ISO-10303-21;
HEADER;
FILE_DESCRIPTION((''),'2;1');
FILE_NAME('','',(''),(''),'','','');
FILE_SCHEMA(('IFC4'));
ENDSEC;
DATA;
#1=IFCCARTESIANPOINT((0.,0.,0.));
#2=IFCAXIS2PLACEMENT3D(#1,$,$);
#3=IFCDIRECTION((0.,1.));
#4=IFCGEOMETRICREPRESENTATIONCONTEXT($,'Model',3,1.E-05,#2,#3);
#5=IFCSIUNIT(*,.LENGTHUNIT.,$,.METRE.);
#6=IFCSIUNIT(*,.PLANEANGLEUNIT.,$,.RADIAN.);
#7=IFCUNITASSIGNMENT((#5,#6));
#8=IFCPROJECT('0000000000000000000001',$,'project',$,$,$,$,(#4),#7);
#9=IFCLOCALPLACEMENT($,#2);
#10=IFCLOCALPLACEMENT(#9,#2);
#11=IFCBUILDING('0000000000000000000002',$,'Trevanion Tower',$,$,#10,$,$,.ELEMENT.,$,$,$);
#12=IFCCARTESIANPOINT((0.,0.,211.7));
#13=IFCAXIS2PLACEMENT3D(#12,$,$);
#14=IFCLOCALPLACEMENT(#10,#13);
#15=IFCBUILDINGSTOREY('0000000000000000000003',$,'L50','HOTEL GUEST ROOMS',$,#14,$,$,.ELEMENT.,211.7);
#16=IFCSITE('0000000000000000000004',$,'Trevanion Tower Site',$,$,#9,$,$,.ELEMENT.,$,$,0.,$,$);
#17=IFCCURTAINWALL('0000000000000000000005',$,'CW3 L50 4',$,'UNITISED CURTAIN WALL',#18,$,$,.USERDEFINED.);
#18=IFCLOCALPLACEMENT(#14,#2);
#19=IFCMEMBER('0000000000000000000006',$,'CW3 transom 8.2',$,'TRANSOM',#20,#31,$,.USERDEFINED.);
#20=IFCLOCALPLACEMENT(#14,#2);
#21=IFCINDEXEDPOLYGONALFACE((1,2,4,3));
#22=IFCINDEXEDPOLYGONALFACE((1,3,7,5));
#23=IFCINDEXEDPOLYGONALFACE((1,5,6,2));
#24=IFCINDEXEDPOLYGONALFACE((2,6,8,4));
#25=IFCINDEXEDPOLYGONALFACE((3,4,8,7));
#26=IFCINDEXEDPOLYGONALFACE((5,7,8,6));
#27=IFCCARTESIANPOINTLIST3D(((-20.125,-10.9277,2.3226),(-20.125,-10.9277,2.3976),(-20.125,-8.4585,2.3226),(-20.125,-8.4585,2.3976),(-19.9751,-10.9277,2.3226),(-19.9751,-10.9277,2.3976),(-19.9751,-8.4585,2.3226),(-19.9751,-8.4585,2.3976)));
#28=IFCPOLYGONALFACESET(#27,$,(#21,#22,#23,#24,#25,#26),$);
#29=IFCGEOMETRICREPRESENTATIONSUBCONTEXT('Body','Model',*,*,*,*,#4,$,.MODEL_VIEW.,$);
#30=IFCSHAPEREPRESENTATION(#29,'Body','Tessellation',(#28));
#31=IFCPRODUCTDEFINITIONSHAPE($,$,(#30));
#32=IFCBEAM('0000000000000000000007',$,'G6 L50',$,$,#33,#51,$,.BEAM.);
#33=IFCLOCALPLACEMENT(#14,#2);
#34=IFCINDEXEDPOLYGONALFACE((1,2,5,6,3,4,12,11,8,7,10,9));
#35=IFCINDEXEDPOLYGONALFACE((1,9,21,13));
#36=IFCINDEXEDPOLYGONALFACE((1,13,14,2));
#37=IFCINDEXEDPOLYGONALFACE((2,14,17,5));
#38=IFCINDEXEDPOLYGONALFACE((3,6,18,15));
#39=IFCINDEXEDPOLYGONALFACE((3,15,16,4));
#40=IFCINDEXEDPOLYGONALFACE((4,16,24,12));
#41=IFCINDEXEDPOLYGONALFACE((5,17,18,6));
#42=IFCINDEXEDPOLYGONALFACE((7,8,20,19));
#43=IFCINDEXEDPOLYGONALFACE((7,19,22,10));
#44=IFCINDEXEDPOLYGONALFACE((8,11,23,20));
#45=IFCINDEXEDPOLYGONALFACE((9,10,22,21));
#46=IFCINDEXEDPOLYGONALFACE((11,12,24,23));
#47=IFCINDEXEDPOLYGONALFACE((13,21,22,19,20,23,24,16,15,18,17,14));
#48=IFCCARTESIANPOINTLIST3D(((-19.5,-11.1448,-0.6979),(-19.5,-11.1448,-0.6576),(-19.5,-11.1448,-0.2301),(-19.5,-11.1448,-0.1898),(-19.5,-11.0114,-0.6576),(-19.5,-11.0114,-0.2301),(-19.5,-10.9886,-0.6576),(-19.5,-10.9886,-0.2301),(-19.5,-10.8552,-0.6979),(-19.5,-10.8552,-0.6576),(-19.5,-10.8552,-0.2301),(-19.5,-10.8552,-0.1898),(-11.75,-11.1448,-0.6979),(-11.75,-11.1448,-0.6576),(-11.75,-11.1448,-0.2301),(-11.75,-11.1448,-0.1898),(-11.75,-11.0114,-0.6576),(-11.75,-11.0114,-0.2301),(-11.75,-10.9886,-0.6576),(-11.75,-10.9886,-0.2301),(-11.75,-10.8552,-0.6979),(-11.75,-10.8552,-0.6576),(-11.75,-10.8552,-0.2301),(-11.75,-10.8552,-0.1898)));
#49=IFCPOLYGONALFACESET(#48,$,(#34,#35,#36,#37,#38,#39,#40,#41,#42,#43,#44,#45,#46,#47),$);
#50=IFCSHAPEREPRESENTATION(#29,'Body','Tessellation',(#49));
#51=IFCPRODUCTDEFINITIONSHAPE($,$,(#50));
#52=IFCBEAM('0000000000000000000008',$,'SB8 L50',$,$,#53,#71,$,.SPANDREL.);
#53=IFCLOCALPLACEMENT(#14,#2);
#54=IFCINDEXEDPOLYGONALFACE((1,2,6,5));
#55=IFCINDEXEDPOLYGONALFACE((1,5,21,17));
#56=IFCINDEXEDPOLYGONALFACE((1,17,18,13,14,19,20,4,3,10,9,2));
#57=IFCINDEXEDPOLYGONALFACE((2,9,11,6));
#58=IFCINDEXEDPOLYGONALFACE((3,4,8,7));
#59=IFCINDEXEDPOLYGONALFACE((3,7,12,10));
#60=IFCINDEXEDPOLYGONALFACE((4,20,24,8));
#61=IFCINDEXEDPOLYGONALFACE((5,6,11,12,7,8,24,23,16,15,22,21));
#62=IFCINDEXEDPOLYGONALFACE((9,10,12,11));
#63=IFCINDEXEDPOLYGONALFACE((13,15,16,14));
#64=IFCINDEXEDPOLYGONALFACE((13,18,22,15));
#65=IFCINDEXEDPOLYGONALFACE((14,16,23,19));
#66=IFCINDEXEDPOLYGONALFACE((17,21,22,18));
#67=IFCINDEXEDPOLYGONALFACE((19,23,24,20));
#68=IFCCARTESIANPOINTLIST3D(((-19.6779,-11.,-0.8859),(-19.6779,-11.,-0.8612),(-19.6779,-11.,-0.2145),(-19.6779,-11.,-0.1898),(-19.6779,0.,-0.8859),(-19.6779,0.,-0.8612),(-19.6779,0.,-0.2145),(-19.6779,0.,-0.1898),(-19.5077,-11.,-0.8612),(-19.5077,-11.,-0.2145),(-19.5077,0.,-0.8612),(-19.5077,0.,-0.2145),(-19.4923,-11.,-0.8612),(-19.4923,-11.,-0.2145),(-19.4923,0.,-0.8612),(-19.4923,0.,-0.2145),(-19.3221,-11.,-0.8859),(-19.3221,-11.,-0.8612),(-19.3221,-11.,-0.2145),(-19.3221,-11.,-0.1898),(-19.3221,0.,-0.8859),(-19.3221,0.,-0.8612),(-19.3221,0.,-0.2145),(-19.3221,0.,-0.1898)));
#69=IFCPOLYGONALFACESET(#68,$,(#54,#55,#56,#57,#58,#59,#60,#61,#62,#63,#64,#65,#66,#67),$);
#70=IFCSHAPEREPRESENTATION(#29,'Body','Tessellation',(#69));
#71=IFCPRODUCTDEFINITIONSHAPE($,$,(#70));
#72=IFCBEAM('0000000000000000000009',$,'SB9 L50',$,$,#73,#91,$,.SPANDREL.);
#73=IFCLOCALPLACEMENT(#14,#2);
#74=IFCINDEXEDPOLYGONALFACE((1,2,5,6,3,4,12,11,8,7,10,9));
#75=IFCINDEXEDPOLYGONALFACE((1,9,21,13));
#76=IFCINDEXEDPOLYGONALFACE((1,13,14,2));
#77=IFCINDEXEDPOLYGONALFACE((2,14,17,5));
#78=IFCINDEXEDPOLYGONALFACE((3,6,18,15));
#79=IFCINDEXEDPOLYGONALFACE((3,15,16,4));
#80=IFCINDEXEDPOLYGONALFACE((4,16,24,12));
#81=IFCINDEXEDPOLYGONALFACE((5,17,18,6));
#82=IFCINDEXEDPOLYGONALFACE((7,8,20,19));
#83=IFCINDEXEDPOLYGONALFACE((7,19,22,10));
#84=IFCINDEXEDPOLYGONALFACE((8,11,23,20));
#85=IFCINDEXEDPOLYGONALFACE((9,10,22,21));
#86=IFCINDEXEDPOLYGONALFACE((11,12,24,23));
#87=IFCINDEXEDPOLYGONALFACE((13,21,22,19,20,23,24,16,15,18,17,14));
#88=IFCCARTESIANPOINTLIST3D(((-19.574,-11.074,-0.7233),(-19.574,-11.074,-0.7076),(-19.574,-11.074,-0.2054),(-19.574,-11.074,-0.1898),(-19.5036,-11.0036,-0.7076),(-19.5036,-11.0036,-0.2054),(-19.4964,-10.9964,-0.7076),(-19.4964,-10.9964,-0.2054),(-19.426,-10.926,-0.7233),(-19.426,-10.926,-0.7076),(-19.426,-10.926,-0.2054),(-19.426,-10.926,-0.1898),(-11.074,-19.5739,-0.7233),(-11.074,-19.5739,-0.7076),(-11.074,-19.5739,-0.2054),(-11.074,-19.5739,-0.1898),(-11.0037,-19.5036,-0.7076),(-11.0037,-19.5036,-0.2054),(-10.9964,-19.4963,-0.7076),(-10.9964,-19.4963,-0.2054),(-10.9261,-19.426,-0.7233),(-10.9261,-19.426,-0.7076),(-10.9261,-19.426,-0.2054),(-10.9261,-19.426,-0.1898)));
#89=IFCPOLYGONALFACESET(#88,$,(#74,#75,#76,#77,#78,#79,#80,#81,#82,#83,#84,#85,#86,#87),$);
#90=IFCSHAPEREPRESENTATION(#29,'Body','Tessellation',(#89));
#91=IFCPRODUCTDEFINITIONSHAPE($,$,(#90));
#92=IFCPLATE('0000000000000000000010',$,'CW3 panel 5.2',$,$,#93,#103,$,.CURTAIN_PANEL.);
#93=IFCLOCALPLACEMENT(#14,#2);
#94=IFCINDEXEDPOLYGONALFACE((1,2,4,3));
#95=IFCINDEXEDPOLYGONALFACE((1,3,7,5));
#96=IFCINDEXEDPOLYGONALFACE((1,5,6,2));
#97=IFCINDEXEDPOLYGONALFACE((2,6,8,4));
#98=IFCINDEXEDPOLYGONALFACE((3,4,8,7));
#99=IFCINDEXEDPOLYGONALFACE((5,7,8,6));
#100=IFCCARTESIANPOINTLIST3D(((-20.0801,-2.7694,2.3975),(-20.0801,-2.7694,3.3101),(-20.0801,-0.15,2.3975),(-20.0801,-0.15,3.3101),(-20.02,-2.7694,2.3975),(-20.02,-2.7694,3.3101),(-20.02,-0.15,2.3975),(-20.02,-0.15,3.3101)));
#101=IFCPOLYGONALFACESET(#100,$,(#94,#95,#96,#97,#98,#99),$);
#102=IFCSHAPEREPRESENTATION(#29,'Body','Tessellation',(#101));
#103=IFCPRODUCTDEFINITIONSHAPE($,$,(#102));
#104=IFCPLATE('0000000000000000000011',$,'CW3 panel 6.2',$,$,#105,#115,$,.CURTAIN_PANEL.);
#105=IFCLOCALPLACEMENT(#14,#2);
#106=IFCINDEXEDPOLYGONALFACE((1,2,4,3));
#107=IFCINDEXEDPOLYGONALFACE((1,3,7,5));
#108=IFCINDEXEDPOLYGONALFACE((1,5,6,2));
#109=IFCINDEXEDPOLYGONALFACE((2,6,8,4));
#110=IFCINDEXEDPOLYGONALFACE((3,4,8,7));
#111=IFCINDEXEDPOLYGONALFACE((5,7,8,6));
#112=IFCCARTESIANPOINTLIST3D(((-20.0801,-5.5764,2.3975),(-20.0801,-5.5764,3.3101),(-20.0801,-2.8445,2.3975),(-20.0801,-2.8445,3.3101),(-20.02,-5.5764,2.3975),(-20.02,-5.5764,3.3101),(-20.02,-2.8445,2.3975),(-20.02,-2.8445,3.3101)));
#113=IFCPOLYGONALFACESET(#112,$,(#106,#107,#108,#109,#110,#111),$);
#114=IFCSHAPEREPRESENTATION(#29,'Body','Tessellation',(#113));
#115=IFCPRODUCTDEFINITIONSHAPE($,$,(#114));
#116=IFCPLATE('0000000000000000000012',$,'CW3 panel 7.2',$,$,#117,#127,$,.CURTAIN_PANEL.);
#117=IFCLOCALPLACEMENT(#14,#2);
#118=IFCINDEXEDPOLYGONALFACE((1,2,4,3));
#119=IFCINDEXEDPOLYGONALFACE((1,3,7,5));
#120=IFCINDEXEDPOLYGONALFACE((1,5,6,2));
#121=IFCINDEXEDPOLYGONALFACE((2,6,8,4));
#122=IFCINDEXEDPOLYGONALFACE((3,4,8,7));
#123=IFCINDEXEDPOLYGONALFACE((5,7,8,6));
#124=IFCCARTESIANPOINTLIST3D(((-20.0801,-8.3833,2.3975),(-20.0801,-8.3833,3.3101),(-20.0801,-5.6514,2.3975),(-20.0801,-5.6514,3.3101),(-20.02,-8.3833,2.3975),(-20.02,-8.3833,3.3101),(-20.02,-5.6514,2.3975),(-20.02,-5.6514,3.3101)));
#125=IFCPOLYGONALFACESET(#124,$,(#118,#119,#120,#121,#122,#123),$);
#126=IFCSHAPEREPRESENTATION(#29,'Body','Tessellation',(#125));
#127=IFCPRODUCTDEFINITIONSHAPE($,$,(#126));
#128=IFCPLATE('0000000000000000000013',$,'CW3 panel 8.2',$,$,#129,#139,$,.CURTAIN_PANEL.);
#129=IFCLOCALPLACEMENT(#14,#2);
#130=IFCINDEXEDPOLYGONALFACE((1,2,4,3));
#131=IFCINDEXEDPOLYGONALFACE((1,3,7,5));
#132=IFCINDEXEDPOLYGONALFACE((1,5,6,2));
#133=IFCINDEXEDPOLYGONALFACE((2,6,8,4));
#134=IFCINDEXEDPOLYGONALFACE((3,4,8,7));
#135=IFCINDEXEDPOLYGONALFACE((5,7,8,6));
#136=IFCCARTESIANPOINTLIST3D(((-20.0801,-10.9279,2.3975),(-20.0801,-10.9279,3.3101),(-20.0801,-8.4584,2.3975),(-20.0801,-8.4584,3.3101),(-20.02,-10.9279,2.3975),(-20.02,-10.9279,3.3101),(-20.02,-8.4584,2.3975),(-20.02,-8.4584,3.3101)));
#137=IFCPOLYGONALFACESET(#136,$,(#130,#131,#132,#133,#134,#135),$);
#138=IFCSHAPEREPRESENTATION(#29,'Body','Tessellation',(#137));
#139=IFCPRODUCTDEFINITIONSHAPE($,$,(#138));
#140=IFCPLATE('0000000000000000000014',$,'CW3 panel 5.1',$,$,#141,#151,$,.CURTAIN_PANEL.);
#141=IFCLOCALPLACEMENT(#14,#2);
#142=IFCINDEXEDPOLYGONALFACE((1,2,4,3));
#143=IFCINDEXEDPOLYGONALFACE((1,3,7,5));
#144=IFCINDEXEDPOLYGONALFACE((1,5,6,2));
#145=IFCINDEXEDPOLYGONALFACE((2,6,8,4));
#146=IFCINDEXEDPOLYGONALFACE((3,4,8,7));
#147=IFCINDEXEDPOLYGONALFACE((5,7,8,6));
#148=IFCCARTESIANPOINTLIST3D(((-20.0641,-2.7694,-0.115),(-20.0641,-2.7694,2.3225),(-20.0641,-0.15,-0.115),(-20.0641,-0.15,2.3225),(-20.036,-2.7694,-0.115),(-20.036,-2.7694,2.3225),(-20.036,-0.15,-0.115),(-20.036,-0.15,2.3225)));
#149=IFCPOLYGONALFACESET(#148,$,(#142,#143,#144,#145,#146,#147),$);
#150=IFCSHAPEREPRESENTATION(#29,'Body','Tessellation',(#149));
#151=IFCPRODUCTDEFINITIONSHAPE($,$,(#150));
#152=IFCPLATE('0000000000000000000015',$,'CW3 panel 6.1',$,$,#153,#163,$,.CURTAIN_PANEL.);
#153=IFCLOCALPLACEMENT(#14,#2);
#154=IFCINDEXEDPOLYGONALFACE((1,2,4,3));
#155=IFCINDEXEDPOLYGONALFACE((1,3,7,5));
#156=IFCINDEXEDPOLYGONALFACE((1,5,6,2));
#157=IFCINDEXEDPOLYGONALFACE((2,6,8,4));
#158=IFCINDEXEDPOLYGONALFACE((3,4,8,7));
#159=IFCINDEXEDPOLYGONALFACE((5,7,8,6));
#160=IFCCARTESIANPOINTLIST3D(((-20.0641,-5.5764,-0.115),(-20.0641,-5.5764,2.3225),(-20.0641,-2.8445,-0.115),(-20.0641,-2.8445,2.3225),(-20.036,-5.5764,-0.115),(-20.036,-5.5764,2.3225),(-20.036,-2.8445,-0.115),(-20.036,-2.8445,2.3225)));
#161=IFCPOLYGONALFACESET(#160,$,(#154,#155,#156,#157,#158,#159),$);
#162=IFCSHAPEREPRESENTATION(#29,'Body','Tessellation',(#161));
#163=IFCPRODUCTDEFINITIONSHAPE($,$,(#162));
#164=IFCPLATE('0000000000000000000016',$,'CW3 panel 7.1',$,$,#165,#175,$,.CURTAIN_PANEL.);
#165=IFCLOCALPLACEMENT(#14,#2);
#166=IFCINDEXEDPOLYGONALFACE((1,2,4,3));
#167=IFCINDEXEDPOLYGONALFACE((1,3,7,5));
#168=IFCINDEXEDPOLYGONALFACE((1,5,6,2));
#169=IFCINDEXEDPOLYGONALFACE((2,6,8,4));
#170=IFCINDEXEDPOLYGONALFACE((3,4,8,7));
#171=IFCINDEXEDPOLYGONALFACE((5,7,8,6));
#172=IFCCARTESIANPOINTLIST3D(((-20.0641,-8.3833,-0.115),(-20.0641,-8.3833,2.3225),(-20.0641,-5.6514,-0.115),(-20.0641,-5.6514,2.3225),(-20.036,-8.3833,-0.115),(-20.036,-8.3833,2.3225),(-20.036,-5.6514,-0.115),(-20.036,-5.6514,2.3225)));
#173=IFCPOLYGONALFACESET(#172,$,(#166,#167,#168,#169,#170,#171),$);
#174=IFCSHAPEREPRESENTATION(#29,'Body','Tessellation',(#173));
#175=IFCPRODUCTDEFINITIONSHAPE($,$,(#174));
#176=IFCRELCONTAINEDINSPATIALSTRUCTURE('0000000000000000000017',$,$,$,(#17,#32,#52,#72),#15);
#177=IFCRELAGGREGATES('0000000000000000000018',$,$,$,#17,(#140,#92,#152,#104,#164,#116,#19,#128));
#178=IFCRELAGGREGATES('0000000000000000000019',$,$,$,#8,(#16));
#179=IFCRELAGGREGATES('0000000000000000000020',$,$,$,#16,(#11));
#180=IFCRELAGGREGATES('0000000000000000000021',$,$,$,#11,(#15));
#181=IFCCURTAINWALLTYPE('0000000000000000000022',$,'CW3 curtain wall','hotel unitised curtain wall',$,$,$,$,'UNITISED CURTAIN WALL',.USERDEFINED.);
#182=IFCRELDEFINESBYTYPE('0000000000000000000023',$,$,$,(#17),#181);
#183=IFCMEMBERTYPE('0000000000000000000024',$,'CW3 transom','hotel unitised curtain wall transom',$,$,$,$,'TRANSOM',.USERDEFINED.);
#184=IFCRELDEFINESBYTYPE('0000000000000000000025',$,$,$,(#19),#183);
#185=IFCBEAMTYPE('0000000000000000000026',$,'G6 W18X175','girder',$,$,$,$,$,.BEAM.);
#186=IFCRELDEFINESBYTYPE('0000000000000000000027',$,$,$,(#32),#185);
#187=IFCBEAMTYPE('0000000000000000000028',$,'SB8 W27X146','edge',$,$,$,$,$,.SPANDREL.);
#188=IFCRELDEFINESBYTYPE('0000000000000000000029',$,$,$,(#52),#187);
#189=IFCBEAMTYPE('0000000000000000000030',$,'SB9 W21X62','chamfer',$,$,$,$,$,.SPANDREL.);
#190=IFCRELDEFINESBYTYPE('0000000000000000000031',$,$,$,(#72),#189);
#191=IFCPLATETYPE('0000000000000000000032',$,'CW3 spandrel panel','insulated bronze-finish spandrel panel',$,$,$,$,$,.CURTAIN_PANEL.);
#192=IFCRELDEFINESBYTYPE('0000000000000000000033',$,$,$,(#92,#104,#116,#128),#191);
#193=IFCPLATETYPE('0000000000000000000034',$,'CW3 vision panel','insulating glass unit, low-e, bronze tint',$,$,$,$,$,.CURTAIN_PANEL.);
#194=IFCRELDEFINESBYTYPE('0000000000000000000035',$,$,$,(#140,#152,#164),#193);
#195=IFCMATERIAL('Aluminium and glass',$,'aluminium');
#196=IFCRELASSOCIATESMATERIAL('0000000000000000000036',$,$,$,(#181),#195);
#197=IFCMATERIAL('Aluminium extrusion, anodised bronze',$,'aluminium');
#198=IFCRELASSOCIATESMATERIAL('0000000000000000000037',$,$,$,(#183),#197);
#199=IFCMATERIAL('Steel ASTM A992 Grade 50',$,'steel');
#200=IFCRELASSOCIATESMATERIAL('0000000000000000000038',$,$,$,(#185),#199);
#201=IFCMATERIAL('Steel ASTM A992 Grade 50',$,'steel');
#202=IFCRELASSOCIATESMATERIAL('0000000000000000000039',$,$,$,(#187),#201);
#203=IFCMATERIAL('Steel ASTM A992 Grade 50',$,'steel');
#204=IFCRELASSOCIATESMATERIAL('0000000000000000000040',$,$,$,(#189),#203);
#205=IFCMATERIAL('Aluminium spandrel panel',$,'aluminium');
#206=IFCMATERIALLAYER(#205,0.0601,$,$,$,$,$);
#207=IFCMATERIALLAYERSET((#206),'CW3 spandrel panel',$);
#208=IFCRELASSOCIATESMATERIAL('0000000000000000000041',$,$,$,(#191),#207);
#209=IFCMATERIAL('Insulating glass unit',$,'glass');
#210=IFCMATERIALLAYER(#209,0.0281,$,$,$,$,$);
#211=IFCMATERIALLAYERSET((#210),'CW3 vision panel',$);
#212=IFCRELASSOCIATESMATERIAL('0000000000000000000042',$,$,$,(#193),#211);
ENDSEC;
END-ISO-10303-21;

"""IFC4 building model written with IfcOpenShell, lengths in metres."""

from ifc_helpers import new_model, si_unit, direction, frame, origin, origin_2d, place, context, subcontext, project, spatial, rectangle, i_section, extrude, material, layer, layer_set, material_profile, profile_set, type_object, element, aggregate, save


model = new_model("IFC4")

# Units and contexts
model_context = context("Model", 3, precision=1e-05, world=origin(), true_north=direction((0.0, 1.0)))
body_context = subcontext(model_context, "Body", "Model", "MODEL_VIEW")
ifc_project = project(units=[si_unit("LENGTHUNIT", "METRE"), si_unit("PLANEANGLEUNIT", "RADIAN")], contexts=[model_context])

# Site, building, storey
site_placement = place(None, origin())
site = spatial("IfcSite", under=ifc_project, at=site_placement, Name="Trevanion Tower Site", CompositionType="ELEMENT", RefElevation=0.0)
building_placement = place(site_placement, origin())
building = spatial("IfcBuilding", under=site, at=building_placement, Name="Trevanion Tower", CompositionType="ELEMENT")
storey_placement = place(building_placement, frame((0.0, 0.0, 211.7)))
storey = spatial("IfcBuildingStorey", under=building, at=storey_placement, Name="L50", Description="HOTEL GUEST ROOMS", CompositionType="ELEMENT", Elevation=211.7)

# Curtain wall, member
ifc_material_1 = material(Name="Aluminium and glass", Category="aluminium")
curtain_wall_type = type_object("IfcCurtainWallType", Name="CW3 curtain wall", Description="hotel unitised curtain wall", ElementType="UNITISED CURTAIN WALL", PredefinedType="USERDEFINED", material=ifc_material_1)
curtain_wall_placement = place(storey_placement, origin())
curtain_wall = element("IfcCurtainWall", 1, at=curtain_wall_placement, inside=storey, type_object=curtain_wall_type, Name="CW3 L50 4", ObjectType="UNITISED CURTAIN WALL", PredefinedType="USERDEFINED")
ifc_material_2 = material(Name="Aluminium extrusion, anodised bronze", Category="aluminium")
ifc_material_profile_1 = material_profile(ifc_material_2, rectangle(XDim=0.1499, YDim=0.075, at=origin_2d()), Name="CW3 transom")
ifc_profile_set_1 = profile_set([ifc_material_profile_1], Name="Aluminium extrusion, anodised bronze")
member_type_1 = type_object("IfcMemberType", Name="CW3 transom", Description="hotel unitised curtain wall transom", ElementType="TRANSOM", PredefinedType="USERDEFINED", material=ifc_profile_set_1)
member_1_placement = place(storey_placement, frame((-20.05, -8.4585, 2.3601), z_axis=(0.0, -1.0, 0.0), x_axis=(1.0, 0.0, 0.0)))
member_1 = element("IfcMember", 2, at=member_1_placement, type_object=member_type_1, Name="CW3 transom 8.2", ObjectType="TRANSOM", PredefinedType="USERDEFINED", context=body_context, shape_type="SweptSolid", body=[
    extrude(rectangle(XDim=0.1499, YDim=0.075, at=origin_2d()), origin(), (0.0, 0.0, 1.0), 2.4692),
])

# Beams
ifc_material_3 = material(Name="Steel ASTM A992 Grade 50", Category="steel")
ifc_material_profile_2 = material_profile(ifc_material_3, i_section(OverallWidth=0.2896, OverallDepth=0.5081, WebThickness=0.0227, FlangeThickness=0.0403, at=origin_2d()), Name="W18X175")
ifc_profile_set_2 = profile_set([ifc_material_profile_2], Name="Steel ASTM A992 Grade 50")
beam_type_1 = type_object("IfcBeamType", Name="G6 W18X175", Description="girder", PredefinedType="BEAM", material=ifc_profile_set_2)
beam_1_placement = place(storey_placement, frame((-11.75, -11.0, -0.4438), z_axis=(-1.0, 0.0, 0.0), x_axis=(0.0, -1.0, 0.0)))
element("IfcBeam", 3, at=beam_1_placement, inside=storey, type_object=beam_type_1, Name="G6 L50", PredefinedType="BEAM", context=body_context, shape_type="SweptSolid", body=[
    extrude(i_section(OverallWidth=0.2896, OverallDepth=0.5081, WebThickness=0.0227, FlangeThickness=0.0403, at=origin_2d()), origin(), (0.0, 0.0, 1.0), 7.75),
])
ifc_material_4 = material(Name="Steel ASTM A992 Grade 50", Category="steel")
ifc_material_profile_3 = material_profile(ifc_material_4, i_section(OverallWidth=0.3557, OverallDepth=0.696, WebThickness=0.0154, FlangeThickness=0.0247, at=origin_2d()), Name="W27X146")
ifc_profile_set_3 = profile_set([ifc_material_profile_3], Name="Steel ASTM A992 Grade 50")
beam_type_2 = type_object("IfcBeamType", Name="SB8 W27X146", Description="edge", PredefinedType="SPANDREL", material=ifc_profile_set_3)
beam_2_placement = place(storey_placement, frame((-19.5, 0.0, -0.5378), z_axis=(0.0, -1.0, 0.0), x_axis=(1.0, 0.0, 0.0)))
element("IfcBeam", 4, at=beam_2_placement, inside=storey, type_object=beam_type_2, Name="SB8 L50", PredefinedType="SPANDREL", context=body_context, shape_type="SweptSolid", body=[
    extrude(i_section(OverallWidth=0.3557, OverallDepth=0.696, WebThickness=0.0154, FlangeThickness=0.0247, at=origin_2d()), origin(), (0.0, 0.0, 1.0), 11.0),
])
ifc_material_5 = material(Name="Steel ASTM A992 Grade 50", Category="steel")
ifc_material_profile_4 = material_profile(ifc_material_5, i_section(OverallWidth=0.2092, OverallDepth=0.5334, WebThickness=0.0103, FlangeThickness=0.0156, at=origin_2d()), Name="W21X62")
ifc_profile_set_4 = profile_set([ifc_material_profile_4], Name="Steel ASTM A992 Grade 50")
beam_type_3 = type_object("IfcBeamType", Name="SB9 W21X62", Description="chamfer", PredefinedType="SPANDREL", material=ifc_profile_set_4)
beam_3_placement = place(storey_placement, frame((-19.5, -11.0, -0.4565), z_axis=(0.707107, -0.707107, 0.0), x_axis=(0.707107, 0.707107, 0.0)))
element("IfcBeam", 5, at=beam_3_placement, inside=storey, type_object=beam_type_3, Name="SB9 L50", PredefinedType="SPANDREL", context=body_context, shape_type="SweptSolid", body=[
    extrude(i_section(OverallWidth=0.2092, OverallDepth=0.5334, WebThickness=0.0103, FlangeThickness=0.0156, at=origin_2d()), origin(), (0.0, 0.0, 1.0), 12.0208),
])

# Plates
ifc_material_6 = material(Name="Aluminium spandrel panel", Category="aluminium")
ifc_layer_1 = layer(ifc_material_6, 0.0601)
ifc_layer_set_1 = layer_set([ifc_layer_1], Name="CW3 spandrel panel")
plate_type_1 = type_object("IfcPlateType", Name="CW3 spandrel panel", Description="insulated bronze-finish spandrel panel", PredefinedType="CURTAIN_PANEL", material=ifc_layer_set_1)
plate_1_placement = place(storey_placement, frame((-20.05, -1.4597, 2.3975), z_axis=(0.0, 0.0, 1.0), x_axis=(0.0, -1.0, 0.0)))
plate_1 = element("IfcPlate", 6, at=plate_1_placement, type_object=plate_type_1, Name="CW3 panel 5.2", PredefinedType="CURTAIN_PANEL", context=body_context, shape_type="SweptSolid", body=[
    extrude(rectangle(XDim=2.6194, YDim=0.0601, at=origin_2d()), origin(), (0.0, 0.0, 1.0), 0.9126),
])
plate_2_placement = place(storey_placement, frame((-20.05, -4.2104, 2.3975), z_axis=(0.0, 0.0, 1.0), x_axis=(0.0, -1.0, 0.0)))
plate_2 = element("IfcPlate", 7, at=plate_2_placement, type_object=plate_type_1, Name="CW3 panel 6.2", PredefinedType="CURTAIN_PANEL", context=body_context, shape_type="SweptSolid", body=[
    extrude(rectangle(XDim=2.7319, YDim=0.0601, at=origin_2d()), origin(), (0.0, 0.0, 1.0), 0.9126),
])
plate_3_placement = place(storey_placement, frame((-20.05, -7.0173, 2.3975), z_axis=(0.0, 0.0, 1.0), x_axis=(0.0, -1.0, 0.0)))
plate_3 = element("IfcPlate", 8, at=plate_3_placement, type_object=plate_type_1, Name="CW3 panel 7.2", PredefinedType="CURTAIN_PANEL", context=body_context, shape_type="SweptSolid", body=[
    extrude(rectangle(XDim=2.7319, YDim=0.0601, at=origin_2d()), origin(), (0.0, 0.0, 1.0), 0.9126),
])
plate_4_placement = place(storey_placement, frame((-20.05, -9.6931, 2.3975), z_axis=(0.0, 0.0, 1.0), x_axis=(0.0, -1.0, 0.0)))
plate_4 = element("IfcPlate", 9, at=plate_4_placement, type_object=plate_type_1, Name="CW3 panel 8.2", PredefinedType="CURTAIN_PANEL", context=body_context, shape_type="SweptSolid", body=[
    extrude(rectangle(XDim=2.4695, YDim=0.0601, at=origin_2d()), origin(), (0.0, 0.0, 1.0), 0.9126),
])
ifc_material_7 = material(Name="Insulating glass unit", Category="glass")
ifc_layer_2 = layer(ifc_material_7, 0.0281)
ifc_layer_set_2 = layer_set([ifc_layer_2], Name="CW3 vision panel")
plate_type_2 = type_object("IfcPlateType", Name="CW3 vision panel", Description="insulating glass unit, low-e, bronze tint", PredefinedType="CURTAIN_PANEL", material=ifc_layer_set_2)
plate_5_placement = place(storey_placement, frame((-20.05, -1.4597, -0.115), z_axis=(0.0, 0.0, 1.0), x_axis=(0.0, -1.0, 0.0)))
plate_5 = element("IfcPlate", 10, at=plate_5_placement, type_object=plate_type_2, Name="CW3 panel 5.1", PredefinedType="CURTAIN_PANEL", context=body_context, shape_type="SweptSolid", body=[
    extrude(rectangle(XDim=2.6194, YDim=0.0281, at=origin_2d()), origin(), (0.0, 0.0, 1.0), 2.4375),
])
plate_6_placement = place(storey_placement, frame((-20.05, -4.2104, -0.115), z_axis=(0.0, 0.0, 1.0), x_axis=(0.0, -1.0, 0.0)))
plate_6 = element("IfcPlate", 11, at=plate_6_placement, type_object=plate_type_2, Name="CW3 panel 6.1", PredefinedType="CURTAIN_PANEL", context=body_context, shape_type="SweptSolid", body=[
    extrude(rectangle(XDim=2.7319, YDim=0.0281, at=origin_2d()), origin(), (0.0, 0.0, 1.0), 2.4375),
])
plate_7_placement = place(storey_placement, frame((-20.05, -7.0173, -0.115), z_axis=(0.0, 0.0, 1.0), x_axis=(0.0, -1.0, 0.0)))
plate_7 = element("IfcPlate", 12, at=plate_7_placement, type_object=plate_type_2, Name="CW3 panel 7.1", PredefinedType="CURTAIN_PANEL", context=body_context, shape_type="SweptSolid", body=[
    extrude(rectangle(XDim=2.7319, YDim=0.0281, at=origin_2d()), origin(), (0.0, 0.0, 1.0), 2.4375),
])
aggregate(curtain_wall, [plate_5, plate_1, plate_6, plate_2, plate_7, plate_3, member_1, plate_4])

save(model, "model.ifc")
